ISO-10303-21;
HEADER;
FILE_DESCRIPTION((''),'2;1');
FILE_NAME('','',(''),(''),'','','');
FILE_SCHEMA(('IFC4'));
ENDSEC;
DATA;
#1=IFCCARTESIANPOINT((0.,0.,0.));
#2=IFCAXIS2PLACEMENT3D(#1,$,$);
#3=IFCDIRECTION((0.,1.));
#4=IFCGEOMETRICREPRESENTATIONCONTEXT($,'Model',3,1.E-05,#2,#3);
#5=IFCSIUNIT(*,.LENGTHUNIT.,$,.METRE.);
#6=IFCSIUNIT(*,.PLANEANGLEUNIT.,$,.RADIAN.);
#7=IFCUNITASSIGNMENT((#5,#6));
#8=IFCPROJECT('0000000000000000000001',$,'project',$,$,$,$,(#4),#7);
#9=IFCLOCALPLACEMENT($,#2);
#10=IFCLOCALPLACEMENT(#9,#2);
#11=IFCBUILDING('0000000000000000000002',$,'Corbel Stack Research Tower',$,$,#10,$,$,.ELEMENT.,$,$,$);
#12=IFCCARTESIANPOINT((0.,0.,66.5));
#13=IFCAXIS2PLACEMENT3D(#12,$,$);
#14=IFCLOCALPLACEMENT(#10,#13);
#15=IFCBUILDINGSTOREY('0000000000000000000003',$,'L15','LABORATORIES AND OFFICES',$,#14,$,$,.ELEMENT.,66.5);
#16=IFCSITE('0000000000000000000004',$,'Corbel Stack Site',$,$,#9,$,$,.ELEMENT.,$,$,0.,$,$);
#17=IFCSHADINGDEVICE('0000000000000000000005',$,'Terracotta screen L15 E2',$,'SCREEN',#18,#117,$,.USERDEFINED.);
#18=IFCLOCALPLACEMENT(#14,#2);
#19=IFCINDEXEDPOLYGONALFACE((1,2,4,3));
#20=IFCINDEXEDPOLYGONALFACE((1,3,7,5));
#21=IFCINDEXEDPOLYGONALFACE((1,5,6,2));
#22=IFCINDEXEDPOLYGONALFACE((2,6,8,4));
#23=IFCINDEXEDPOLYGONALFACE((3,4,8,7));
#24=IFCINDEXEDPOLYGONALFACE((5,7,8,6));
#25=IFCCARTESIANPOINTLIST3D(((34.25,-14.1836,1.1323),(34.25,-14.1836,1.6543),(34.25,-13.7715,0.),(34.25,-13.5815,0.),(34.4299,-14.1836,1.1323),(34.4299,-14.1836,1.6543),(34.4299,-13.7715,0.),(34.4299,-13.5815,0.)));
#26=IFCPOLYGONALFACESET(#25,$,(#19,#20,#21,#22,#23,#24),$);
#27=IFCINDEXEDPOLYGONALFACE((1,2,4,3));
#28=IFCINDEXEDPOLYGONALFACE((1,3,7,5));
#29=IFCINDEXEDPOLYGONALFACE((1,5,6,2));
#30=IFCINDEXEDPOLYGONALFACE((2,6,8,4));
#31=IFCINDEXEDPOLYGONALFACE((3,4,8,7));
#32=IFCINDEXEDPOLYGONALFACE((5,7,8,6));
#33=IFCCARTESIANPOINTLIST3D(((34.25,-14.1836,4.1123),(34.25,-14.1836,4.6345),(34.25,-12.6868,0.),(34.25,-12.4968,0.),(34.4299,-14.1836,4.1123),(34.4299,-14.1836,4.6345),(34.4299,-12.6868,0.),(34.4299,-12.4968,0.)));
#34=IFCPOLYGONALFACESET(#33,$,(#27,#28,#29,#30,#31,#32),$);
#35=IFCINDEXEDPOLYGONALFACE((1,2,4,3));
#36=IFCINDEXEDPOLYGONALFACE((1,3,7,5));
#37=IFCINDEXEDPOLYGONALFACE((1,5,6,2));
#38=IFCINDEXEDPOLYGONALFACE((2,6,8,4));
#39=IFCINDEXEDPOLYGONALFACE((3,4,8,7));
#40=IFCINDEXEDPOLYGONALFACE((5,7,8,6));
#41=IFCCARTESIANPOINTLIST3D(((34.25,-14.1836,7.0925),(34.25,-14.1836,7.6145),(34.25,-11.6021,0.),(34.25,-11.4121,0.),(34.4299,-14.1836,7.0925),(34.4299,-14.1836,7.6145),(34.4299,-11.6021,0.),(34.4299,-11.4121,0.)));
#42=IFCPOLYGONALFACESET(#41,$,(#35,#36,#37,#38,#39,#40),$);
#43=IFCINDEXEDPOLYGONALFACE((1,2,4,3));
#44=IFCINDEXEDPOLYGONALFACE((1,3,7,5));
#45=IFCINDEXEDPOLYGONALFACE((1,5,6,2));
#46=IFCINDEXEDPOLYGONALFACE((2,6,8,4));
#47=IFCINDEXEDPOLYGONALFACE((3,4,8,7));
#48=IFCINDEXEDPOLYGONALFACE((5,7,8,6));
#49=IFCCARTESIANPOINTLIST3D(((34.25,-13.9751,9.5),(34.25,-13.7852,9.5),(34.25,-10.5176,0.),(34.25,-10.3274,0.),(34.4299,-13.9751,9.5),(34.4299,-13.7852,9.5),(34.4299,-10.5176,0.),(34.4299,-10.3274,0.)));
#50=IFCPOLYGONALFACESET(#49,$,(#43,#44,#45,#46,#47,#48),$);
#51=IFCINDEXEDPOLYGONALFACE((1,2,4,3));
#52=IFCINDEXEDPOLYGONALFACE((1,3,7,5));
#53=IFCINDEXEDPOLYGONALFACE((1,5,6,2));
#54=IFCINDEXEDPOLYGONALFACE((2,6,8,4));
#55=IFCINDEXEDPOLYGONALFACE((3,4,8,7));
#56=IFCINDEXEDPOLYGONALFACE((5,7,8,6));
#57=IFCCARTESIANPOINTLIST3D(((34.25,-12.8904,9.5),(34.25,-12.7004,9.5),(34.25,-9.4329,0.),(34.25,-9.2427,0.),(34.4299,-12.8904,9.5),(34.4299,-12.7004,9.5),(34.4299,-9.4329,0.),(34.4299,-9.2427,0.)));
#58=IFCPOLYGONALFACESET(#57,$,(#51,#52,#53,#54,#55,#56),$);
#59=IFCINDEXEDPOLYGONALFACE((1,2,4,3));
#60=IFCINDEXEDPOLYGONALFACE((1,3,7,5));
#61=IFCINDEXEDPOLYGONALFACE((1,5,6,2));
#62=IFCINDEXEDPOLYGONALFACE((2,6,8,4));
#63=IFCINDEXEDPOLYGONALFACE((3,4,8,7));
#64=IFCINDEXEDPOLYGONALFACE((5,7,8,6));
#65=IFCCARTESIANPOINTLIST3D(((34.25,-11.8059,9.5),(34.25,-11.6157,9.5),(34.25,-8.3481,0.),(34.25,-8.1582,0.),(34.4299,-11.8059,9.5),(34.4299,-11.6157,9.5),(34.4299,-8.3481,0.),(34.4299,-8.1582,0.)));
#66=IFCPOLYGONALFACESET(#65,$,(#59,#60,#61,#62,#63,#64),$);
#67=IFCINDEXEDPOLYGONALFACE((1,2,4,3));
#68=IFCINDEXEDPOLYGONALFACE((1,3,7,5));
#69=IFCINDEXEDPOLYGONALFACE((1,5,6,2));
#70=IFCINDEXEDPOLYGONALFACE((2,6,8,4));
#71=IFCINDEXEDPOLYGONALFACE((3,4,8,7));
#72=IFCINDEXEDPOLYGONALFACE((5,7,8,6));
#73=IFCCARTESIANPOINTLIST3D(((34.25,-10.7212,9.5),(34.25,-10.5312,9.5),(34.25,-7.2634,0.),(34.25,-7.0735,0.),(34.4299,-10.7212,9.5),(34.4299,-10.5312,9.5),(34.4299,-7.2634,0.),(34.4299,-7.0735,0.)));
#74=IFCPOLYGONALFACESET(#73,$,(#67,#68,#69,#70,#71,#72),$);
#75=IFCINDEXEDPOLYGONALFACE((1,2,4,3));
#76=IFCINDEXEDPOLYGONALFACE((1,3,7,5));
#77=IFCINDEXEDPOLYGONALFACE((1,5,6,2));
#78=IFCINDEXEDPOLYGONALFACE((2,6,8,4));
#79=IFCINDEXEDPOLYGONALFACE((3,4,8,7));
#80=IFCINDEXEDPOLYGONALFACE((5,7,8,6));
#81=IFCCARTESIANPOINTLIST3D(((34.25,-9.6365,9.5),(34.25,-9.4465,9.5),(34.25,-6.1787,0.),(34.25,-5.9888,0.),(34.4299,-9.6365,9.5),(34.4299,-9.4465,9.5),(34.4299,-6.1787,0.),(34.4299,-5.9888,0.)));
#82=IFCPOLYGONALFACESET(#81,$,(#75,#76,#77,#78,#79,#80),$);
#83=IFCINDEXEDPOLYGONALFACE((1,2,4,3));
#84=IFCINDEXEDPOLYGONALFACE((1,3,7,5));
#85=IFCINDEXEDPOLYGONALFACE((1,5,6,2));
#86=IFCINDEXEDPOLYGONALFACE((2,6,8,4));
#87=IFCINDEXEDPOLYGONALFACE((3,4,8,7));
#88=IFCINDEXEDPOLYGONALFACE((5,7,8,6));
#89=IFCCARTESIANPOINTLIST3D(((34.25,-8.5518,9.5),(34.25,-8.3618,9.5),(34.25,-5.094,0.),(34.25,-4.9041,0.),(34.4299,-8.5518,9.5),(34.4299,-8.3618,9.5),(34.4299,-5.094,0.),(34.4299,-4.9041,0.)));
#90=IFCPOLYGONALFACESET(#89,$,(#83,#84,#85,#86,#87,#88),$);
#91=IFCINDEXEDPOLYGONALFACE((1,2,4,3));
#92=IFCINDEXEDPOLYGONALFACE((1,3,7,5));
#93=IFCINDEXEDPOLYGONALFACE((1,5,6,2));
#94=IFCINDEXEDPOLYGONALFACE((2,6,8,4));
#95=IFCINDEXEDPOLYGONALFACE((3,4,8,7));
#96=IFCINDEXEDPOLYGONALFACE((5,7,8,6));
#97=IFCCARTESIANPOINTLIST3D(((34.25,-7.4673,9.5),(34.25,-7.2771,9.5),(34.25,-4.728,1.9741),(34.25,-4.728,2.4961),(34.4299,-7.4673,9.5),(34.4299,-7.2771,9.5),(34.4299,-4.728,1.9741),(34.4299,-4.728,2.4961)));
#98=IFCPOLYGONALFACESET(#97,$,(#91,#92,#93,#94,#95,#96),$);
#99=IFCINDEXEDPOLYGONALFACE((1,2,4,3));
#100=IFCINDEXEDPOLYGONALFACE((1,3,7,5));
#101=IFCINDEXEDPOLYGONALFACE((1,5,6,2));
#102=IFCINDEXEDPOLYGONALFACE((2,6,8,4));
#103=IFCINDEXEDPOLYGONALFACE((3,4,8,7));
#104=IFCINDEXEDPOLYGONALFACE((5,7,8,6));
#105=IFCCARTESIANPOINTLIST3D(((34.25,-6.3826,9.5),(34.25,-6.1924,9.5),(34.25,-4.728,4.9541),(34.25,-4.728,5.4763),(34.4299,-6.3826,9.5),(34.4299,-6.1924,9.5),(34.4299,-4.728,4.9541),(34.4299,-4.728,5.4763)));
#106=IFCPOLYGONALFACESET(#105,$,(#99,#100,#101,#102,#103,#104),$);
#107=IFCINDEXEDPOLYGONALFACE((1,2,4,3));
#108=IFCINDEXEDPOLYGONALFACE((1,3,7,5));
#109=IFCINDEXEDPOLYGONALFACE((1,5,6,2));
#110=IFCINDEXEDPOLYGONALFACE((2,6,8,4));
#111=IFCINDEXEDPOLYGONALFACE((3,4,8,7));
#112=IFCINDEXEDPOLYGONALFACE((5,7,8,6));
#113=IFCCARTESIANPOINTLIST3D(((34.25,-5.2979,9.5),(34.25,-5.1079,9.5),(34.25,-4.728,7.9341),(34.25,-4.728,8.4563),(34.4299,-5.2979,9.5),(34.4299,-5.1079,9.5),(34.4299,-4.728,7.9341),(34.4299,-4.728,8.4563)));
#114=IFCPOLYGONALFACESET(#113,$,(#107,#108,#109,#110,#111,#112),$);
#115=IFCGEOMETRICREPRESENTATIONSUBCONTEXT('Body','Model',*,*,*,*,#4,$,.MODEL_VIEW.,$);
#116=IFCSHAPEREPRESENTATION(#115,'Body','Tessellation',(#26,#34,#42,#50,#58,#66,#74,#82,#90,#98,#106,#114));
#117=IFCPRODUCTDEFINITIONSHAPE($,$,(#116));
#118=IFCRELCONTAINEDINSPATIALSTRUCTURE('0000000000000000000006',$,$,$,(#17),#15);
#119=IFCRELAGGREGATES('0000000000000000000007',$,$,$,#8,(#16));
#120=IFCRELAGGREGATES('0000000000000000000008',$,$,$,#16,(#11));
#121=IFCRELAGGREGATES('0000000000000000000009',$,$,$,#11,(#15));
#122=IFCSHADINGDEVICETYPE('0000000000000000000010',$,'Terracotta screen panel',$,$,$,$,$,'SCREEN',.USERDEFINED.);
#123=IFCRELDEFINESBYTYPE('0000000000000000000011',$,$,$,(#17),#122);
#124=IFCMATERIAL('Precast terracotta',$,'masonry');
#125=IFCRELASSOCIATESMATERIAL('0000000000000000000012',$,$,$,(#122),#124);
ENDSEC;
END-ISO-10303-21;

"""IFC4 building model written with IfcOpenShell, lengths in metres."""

from ifc_helpers import new_model, si_unit, direction, frame, origin, place, context, subcontext, project, spatial, polyline, outline, extrude, source, transform, mapped, material, type_object, element, save


model = new_model("IFC4")

# Units and contexts
model_context = context("Model", 3, precision=1e-05, world=origin(), true_north=direction((0.0, 1.0)))
body_context = subcontext(model_context, "Body", "Model", "MODEL_VIEW")
ifc_project = project(units=[si_unit("LENGTHUNIT", "METRE"), si_unit("PLANEANGLEUNIT", "RADIAN")], contexts=[model_context])

# Site, building, storey
site_placement = place(None, origin())
site = spatial("IfcSite", under=ifc_project, at=site_placement, Name="Corbel Stack Site", CompositionType="ELEMENT", RefElevation=0.0)
building_placement = place(site_placement, origin())
building = spatial("IfcBuilding", under=site, at=building_placement, Name="Corbel Stack Research Tower", CompositionType="ELEMENT")
storey_placement = place(building_placement, frame((0.0, 0.0, 66.5)))
storey = spatial("IfcBuildingStorey", under=building, at=storey_placement, Name="L15", Description="LABORATORIES AND OFFICES", CompositionType="ELEMENT", Elevation=66.5)

# Shading device
ifc_material_1 = material(Name="Precast terracotta", Category="masonry")
shading_device_type = type_object("IfcShadingDeviceType", Name="Terracotta screen panel", ElementType="SCREEN", PredefinedType="USERDEFINED", material=ifc_material_1)
shared_shape_1 = source(origin(), body_context, "Body", "SweptSolid", [
    extrude(outline(polyline([(0.6021, 0.0), (0.0, 1.6543), (0.0, 1.1323), (0.4121, 0.0), (0.6021, 0.0)])), frame((0.0, 0.0, 0.0), z_axis=(0.0, -1.0, 0.0), x_axis=(1.0, 0.0, 0.0)), (0.0, 0.0, 1.0), 0.1799),
    extrude(outline(polyline([(1.6868, 0.0), (0.0, 4.6345), (0.0, 4.1123), (1.4968, 0.0), (1.6868, 0.0)])), frame((0.0, 0.0, 0.0), z_axis=(0.0, -1.0, 0.0), x_axis=(1.0, 0.0, 0.0)), (0.0, 0.0, 1.0), 0.1799),
    extrude(outline(polyline([(2.7715, 0.0), (0.0, 7.6145), (0.0, 7.0925), (2.5815, 0.0), (2.7715, 0.0)])), frame((0.0, 0.0, 0.0), z_axis=(0.0, -1.0, 0.0), x_axis=(1.0, 0.0, 0.0)), (0.0, 0.0, 1.0), 0.1799),
    extrude(outline(polyline([(3.8562, 0.0), (0.3984, 9.5), (0.2085, 9.5), (3.666, 0.0), (3.8562, 0.0)])), frame((0.0, 0.0, 0.0), z_axis=(0.0, -1.0, 0.0), x_axis=(1.0, 0.0, 0.0)), (0.0, 0.0, 1.0), 0.1799),
    extrude(outline(polyline([(4.9409, 0.0), (1.4832, 9.5), (1.2932, 9.5), (4.7507, 0.0), (4.9409, 0.0)])), frame((0.0, 0.0, 0.0), z_axis=(0.0, -1.0, 0.0), x_axis=(1.0, 0.0, 0.0)), (0.0, 0.0, 1.0), 0.1799),
    extrude(outline(polyline([(6.0254, 0.0), (2.5679, 9.5), (2.3777, 9.5), (5.8354, 0.0), (6.0254, 0.0)])), frame((0.0, 0.0, 0.0), z_axis=(0.0, -1.0, 0.0), x_axis=(1.0, 0.0, 0.0)), (0.0, 0.0, 1.0), 0.1799),
    extrude(outline(polyline([(7.1101, 0.0), (3.6523, 9.5), (3.4624, 9.5), (6.9202, 0.0), (7.1101, 0.0)])), frame((0.0, 0.0, 0.0), z_axis=(0.0, -1.0, 0.0), x_axis=(1.0, 0.0, 0.0)), (0.0, 0.0, 1.0), 0.1799),
    extrude(outline(polyline([(8.1948, 0.0), (4.7371, 9.5), (4.5471, 9.5), (8.0049, 0.0), (8.1948, 0.0)])), frame((0.0, 0.0, 0.0), z_axis=(0.0, -1.0, 0.0), x_axis=(1.0, 0.0, 0.0)), (0.0, 0.0, 1.0), 0.1799),
    extrude(outline(polyline([(9.2795, 0.0), (5.8218, 9.5), (5.6318, 9.5), (9.0896, 0.0), (9.2795, 0.0)])), frame((0.0, 0.0, 0.0), z_axis=(0.0, -1.0, 0.0), x_axis=(1.0, 0.0, 0.0)), (0.0, 0.0, 1.0), 0.1799),
    extrude(outline(polyline([(6.9065, 9.5), (6.7163, 9.5), (9.4556, 1.9741), (9.4556, 2.4961), (6.9065, 9.5)])), frame((0.0, 0.0, 0.0), z_axis=(0.0, -1.0, 0.0), x_axis=(1.0, 0.0, 0.0)), (0.0, 0.0, 1.0), 0.1799),
    extrude(outline(polyline([(7.9912, 9.5), (7.801, 9.5), (9.4556, 4.9541), (9.4556, 5.4763), (7.9912, 9.5)])), frame((0.0, 0.0, 0.0), z_axis=(0.0, -1.0, 0.0), x_axis=(1.0, 0.0, 0.0)), (0.0, 0.0, 1.0), 0.1799),
    extrude(outline(polyline([(9.0757, 9.5), (8.8857, 9.5), (9.4556, 7.9341), (9.4556, 8.4563), (9.0757, 9.5)])), frame((0.0, 0.0, 0.0), z_axis=(0.0, -1.0, 0.0), x_axis=(1.0, 0.0, 0.0)), (0.0, 0.0, 1.0), 0.1799),
])
shading_device_1_placement = place(storey_placement, frame((34.25, -14.1836, 0.0), z_axis=(0.0, 0.0, 1.0), x_axis=(0.0, 1.0, 0.0)))
element("IfcShadingDevice", 1, at=shading_device_1_placement, inside=storey, type_object=shading_device_type, Name="Terracotta screen L15 E2", ObjectType="SCREEN", PredefinedType="USERDEFINED", context=body_context, shape_type="MappedRepresentation", body=[
    mapped(shared_shape_1, transform((0.0, 0.0, 0.0))),
])

save(model, "model.ifc")
